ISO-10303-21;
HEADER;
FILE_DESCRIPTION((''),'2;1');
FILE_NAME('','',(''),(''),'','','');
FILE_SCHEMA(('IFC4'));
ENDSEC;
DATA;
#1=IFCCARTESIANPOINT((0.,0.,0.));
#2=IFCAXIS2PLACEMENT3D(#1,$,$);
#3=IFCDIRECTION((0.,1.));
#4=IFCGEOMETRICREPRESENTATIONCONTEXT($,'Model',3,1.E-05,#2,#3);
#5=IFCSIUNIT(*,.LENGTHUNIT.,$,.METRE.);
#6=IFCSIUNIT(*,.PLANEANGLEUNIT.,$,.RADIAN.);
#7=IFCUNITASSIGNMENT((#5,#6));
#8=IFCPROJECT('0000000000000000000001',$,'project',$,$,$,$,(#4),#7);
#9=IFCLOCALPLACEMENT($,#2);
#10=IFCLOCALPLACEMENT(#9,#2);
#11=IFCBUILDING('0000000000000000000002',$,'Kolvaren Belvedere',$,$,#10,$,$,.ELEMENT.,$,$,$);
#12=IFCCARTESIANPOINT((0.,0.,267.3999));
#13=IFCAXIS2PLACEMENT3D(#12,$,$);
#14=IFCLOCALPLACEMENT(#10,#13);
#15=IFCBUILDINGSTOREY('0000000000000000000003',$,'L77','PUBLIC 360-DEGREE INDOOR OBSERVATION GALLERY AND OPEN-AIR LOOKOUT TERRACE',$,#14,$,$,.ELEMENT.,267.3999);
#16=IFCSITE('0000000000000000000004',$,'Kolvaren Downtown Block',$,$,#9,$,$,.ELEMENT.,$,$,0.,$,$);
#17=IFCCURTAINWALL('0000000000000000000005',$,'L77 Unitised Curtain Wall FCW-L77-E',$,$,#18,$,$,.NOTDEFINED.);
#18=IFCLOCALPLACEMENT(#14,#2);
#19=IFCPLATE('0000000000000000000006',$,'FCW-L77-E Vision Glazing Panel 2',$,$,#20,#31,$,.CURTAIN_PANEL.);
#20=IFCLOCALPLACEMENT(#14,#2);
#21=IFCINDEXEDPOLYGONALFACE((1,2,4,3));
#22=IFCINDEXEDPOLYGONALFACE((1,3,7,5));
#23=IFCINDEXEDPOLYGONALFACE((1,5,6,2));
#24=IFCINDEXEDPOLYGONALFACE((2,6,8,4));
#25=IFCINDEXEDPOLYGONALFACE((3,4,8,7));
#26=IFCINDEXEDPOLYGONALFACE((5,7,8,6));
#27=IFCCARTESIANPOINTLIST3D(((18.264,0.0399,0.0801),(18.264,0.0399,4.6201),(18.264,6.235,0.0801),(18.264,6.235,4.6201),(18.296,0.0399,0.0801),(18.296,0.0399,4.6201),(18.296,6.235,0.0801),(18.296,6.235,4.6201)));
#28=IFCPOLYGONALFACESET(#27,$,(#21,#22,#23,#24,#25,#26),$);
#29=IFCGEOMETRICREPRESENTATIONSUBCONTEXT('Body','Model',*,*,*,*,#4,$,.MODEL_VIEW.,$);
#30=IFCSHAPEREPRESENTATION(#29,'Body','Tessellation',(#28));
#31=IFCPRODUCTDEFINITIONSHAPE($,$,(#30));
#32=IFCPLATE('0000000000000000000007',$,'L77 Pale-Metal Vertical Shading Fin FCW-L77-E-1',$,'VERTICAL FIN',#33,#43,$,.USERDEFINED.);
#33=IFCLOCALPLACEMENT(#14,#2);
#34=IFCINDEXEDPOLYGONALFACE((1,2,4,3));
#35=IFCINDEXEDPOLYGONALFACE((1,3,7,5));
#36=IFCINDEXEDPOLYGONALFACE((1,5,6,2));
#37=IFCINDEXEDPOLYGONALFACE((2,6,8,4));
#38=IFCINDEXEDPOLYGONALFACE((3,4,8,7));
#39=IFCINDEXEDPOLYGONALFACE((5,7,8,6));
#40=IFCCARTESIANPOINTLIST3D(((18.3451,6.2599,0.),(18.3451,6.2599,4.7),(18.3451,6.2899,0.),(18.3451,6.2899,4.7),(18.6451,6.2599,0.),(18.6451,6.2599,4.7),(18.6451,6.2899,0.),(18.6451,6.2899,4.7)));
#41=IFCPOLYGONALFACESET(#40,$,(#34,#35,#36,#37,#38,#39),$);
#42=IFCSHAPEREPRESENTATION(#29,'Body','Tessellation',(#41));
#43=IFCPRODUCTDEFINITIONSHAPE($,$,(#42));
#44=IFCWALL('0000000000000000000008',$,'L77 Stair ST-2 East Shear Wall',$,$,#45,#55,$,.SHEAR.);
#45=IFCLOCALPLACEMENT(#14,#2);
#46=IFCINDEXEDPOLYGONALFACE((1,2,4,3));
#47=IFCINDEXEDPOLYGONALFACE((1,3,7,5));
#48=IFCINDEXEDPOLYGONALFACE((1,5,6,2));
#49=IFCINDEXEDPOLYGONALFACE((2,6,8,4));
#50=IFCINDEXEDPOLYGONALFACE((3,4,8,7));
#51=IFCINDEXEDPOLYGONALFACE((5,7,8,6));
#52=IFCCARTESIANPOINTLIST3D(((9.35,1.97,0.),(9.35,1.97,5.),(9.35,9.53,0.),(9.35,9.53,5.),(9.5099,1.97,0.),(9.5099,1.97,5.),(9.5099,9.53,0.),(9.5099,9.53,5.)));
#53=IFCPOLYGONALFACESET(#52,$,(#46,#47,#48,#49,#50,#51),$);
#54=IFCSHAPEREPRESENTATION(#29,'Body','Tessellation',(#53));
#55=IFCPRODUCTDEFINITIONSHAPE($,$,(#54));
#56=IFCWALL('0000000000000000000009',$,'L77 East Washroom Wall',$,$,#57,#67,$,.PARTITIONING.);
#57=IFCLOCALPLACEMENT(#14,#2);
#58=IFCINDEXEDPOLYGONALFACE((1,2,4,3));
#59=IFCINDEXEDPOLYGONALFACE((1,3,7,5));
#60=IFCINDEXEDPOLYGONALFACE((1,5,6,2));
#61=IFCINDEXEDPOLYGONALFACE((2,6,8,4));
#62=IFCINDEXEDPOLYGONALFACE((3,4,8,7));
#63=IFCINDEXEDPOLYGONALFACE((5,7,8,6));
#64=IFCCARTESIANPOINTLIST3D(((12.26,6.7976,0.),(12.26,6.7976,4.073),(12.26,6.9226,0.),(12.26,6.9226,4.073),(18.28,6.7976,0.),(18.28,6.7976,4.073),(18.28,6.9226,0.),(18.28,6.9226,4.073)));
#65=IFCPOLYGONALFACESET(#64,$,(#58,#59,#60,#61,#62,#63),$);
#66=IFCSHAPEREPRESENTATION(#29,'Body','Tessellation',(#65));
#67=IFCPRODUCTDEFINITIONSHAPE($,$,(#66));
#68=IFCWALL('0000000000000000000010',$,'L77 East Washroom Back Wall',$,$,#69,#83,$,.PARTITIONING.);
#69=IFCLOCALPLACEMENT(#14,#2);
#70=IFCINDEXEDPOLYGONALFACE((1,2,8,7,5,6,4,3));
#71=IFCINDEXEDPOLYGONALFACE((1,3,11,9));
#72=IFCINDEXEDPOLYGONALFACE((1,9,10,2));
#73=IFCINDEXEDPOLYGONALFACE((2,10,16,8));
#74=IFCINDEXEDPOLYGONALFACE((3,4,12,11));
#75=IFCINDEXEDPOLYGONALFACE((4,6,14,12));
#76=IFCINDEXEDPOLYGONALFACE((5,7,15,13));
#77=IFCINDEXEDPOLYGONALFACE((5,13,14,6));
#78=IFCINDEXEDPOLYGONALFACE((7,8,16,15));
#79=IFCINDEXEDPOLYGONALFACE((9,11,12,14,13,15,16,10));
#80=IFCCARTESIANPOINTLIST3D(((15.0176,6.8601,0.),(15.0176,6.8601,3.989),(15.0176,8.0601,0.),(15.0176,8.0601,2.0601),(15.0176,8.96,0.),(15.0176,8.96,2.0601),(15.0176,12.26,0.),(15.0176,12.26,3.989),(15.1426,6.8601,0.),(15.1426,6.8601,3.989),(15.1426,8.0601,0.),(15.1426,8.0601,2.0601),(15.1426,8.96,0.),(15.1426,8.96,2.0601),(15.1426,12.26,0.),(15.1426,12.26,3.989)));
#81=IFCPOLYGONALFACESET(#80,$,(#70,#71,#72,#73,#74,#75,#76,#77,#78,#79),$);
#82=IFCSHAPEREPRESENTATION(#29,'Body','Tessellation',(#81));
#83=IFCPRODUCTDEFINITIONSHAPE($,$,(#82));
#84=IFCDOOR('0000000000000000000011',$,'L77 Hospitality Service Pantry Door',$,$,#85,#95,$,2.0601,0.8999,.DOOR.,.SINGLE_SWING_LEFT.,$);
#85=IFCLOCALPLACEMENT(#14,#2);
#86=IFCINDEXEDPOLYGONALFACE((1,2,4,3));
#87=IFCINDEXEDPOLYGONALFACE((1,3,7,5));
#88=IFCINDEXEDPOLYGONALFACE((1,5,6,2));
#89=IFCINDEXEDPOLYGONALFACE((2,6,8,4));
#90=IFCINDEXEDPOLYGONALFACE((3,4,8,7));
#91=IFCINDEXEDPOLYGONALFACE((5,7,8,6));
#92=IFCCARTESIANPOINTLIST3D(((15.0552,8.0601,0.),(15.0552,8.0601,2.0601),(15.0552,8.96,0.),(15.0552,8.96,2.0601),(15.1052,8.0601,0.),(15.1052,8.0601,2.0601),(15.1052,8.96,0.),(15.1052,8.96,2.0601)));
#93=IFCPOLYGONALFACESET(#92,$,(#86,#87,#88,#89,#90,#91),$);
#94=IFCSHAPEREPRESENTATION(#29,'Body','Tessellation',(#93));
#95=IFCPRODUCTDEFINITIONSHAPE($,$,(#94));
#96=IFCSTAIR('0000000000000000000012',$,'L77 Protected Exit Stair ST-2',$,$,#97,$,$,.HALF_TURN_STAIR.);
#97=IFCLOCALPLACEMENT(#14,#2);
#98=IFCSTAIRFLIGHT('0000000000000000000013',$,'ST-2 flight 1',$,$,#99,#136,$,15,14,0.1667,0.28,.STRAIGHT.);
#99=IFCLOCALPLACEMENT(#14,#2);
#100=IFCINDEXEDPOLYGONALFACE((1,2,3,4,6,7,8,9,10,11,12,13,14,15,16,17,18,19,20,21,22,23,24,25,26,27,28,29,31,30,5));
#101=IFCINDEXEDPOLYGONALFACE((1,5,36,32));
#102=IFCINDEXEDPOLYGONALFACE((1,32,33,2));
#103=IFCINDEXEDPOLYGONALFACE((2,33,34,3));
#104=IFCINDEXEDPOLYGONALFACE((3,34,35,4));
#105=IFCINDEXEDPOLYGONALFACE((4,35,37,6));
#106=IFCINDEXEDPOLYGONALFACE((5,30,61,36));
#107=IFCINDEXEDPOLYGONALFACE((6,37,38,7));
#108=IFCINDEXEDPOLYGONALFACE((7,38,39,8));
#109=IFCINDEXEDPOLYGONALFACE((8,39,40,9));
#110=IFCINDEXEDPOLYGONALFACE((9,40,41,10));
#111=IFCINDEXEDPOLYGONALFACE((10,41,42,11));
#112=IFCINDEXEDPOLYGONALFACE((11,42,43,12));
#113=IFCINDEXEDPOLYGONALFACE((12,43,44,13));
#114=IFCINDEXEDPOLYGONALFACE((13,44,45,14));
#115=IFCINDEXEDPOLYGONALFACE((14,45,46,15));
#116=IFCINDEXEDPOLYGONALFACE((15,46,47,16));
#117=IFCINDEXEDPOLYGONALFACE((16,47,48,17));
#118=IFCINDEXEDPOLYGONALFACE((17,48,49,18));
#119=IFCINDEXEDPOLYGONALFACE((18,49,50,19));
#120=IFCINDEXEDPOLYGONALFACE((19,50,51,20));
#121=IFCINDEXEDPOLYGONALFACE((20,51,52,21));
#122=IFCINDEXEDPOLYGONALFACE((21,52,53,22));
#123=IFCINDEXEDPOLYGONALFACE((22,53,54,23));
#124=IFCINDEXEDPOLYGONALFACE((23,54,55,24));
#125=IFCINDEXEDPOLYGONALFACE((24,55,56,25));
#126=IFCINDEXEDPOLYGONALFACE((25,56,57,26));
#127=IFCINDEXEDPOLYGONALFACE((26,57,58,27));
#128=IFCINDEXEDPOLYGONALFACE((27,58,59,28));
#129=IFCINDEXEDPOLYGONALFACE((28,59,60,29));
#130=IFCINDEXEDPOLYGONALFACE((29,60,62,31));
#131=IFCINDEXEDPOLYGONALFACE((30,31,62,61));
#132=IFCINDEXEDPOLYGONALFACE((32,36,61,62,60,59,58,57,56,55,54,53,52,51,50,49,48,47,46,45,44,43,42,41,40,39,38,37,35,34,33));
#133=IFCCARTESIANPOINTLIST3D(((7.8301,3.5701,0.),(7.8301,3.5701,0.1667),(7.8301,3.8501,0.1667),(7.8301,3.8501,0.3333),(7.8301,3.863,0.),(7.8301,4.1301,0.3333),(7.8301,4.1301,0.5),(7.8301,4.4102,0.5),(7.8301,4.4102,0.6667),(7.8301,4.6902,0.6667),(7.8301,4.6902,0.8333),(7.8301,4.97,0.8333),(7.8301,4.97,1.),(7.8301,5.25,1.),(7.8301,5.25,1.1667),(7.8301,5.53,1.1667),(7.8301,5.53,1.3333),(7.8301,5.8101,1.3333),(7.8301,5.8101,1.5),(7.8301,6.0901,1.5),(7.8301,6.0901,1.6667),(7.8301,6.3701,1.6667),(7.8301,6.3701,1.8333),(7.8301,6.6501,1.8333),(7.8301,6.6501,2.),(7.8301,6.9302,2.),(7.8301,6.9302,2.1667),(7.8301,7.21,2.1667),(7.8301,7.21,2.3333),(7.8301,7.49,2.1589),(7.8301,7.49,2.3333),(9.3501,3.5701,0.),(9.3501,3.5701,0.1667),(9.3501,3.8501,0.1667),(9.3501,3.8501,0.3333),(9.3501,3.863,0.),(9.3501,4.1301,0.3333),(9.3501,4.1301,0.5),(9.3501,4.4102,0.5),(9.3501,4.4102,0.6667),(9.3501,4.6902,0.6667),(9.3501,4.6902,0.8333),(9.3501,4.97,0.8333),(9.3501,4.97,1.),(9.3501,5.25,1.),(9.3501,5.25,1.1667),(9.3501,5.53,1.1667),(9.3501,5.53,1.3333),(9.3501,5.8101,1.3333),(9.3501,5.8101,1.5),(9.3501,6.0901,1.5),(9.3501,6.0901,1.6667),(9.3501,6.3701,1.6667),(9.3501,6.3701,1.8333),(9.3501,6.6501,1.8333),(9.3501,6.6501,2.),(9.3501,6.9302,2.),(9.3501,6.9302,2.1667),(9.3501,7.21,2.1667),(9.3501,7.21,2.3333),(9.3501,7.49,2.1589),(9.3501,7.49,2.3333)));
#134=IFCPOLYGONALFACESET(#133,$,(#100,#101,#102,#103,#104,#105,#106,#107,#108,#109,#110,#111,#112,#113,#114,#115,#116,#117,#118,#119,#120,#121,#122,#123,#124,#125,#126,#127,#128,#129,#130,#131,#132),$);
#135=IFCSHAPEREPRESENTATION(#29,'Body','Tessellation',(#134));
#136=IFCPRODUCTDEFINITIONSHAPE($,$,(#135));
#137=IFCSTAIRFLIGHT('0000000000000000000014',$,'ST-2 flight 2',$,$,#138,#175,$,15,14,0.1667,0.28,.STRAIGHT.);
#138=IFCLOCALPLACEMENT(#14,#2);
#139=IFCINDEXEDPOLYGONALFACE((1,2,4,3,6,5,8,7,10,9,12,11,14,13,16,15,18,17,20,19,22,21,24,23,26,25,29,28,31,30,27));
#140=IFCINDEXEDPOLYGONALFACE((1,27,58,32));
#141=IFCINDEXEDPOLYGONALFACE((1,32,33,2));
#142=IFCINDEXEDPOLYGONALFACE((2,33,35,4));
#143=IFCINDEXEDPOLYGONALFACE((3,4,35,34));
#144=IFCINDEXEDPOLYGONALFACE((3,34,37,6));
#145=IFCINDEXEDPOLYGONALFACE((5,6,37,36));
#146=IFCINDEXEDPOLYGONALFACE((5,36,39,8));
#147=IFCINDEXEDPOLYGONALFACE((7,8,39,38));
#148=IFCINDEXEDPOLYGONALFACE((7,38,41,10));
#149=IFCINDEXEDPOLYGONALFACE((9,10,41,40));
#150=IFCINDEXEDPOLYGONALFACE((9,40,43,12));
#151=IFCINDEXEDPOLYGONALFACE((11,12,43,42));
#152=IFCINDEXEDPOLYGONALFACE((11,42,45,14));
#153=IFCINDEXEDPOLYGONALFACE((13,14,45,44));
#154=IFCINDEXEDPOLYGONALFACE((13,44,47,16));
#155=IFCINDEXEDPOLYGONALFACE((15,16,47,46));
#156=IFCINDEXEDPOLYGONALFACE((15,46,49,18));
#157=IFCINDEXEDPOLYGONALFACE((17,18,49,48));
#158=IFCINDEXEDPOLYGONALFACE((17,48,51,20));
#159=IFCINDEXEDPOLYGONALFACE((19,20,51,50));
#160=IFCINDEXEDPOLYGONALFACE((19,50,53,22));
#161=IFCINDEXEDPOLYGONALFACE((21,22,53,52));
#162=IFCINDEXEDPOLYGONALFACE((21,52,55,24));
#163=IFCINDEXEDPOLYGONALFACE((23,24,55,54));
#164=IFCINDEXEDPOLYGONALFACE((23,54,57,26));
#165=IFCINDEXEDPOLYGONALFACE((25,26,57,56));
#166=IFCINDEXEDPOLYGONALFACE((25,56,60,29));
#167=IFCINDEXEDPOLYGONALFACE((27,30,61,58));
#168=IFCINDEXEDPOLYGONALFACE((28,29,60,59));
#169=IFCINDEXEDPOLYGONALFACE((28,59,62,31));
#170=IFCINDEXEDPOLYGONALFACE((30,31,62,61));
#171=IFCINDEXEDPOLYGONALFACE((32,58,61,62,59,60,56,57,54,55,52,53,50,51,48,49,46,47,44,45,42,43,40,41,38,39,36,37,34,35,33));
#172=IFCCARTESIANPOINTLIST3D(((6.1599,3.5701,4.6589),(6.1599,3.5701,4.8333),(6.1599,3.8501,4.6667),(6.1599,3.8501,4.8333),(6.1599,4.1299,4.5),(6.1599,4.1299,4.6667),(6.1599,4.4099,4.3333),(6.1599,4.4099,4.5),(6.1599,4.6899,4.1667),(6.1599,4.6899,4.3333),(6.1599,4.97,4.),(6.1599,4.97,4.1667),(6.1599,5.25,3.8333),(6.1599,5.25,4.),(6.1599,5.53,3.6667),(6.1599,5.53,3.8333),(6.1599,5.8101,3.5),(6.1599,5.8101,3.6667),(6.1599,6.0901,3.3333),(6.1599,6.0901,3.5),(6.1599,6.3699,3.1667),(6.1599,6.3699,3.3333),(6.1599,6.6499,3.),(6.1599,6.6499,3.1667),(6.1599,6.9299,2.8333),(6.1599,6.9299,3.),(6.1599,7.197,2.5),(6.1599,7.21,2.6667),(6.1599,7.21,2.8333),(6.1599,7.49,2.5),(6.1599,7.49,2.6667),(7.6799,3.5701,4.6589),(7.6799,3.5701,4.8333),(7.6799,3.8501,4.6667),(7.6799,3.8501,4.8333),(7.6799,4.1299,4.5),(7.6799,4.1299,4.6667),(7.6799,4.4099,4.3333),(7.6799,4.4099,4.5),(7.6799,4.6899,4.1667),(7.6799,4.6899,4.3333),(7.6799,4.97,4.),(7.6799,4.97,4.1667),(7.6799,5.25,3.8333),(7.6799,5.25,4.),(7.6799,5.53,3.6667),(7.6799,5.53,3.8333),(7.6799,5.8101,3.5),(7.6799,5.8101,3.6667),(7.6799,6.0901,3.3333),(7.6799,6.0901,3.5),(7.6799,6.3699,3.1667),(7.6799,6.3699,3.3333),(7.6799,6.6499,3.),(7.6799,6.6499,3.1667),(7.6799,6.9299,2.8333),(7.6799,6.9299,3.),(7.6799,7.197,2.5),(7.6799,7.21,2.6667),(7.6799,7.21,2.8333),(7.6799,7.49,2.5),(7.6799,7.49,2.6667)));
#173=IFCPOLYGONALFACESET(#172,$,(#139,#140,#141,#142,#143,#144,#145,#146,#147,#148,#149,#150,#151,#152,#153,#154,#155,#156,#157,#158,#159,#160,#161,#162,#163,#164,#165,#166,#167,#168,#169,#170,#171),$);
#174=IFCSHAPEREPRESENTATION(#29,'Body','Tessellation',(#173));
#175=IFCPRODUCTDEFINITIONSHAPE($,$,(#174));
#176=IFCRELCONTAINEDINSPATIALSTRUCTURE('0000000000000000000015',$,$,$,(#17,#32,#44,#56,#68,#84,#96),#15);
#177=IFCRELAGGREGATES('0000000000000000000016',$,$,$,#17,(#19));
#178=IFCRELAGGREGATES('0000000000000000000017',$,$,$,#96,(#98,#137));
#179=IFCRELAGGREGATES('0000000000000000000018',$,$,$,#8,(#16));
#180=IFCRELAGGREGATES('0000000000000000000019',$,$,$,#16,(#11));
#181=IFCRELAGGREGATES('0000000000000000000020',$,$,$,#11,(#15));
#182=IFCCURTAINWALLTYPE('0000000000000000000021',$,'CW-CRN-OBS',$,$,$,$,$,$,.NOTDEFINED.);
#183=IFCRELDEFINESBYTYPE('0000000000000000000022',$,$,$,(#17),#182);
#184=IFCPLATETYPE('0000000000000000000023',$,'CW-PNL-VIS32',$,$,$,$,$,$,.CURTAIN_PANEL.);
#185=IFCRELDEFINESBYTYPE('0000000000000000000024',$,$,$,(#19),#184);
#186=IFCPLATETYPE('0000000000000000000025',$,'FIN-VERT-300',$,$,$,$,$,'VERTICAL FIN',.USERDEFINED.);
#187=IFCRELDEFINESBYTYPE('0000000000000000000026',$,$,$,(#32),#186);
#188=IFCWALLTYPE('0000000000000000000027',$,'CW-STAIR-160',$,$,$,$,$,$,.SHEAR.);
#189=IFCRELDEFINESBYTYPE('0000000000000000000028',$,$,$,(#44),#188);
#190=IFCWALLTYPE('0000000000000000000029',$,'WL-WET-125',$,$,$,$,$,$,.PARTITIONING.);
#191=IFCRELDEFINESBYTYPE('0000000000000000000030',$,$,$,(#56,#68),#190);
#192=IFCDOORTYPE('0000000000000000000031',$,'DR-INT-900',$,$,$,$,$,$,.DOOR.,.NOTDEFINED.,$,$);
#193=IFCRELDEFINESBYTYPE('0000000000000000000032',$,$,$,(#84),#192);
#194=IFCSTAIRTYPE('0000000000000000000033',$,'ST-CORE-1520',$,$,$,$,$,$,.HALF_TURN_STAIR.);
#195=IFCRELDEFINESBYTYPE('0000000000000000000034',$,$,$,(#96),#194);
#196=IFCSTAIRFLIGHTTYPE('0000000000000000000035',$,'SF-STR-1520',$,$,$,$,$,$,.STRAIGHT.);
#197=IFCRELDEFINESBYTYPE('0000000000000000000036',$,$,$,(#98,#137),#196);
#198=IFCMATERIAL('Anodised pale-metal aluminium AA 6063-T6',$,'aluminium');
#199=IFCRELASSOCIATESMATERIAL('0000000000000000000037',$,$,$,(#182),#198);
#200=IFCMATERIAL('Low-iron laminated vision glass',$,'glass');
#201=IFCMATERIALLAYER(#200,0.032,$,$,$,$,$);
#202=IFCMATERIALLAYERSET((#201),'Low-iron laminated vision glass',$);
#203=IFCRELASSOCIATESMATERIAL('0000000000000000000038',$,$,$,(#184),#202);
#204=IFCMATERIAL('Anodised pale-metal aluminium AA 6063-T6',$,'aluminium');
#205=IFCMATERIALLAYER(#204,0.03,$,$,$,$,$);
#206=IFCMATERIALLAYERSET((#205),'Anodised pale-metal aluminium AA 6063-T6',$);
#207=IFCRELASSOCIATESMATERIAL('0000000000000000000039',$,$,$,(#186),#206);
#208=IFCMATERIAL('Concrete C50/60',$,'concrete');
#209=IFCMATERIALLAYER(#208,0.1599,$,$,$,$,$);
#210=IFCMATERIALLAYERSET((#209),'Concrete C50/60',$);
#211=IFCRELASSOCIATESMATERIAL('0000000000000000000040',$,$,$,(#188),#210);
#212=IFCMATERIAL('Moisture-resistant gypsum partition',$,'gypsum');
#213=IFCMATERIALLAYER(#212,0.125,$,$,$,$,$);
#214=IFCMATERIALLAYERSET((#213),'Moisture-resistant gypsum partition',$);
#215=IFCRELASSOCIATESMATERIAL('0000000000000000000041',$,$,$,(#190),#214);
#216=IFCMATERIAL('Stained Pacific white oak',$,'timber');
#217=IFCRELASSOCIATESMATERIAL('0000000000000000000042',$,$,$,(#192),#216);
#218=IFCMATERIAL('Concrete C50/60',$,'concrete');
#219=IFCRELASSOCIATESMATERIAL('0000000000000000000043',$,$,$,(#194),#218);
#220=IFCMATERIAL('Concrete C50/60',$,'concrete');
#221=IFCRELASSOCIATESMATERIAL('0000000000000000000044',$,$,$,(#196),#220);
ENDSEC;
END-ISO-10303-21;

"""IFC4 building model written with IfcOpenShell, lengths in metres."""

from ifc_helpers import new_model, si_unit, direction, frame, frame_2d, origin, origin_2d, place, context, subcontext, project, spatial, polyline, rectangle, outline, extrude, material, layer, layer_set, type_object, element, fill, aggregate, save


model = new_model("IFC4")

# Units and contexts
model_context = context("Model", 3, precision=1e-05, world=origin(), true_north=direction((0.0, 1.0)))
body_context = subcontext(model_context, "Body", "Model", "MODEL_VIEW")
ifc_project = project(units=[si_unit("LENGTHUNIT", "METRE"), si_unit("PLANEANGLEUNIT", "RADIAN")], contexts=[model_context])

# Site, building, storey
site_placement = place(None, origin())
site = spatial("IfcSite", under=ifc_project, at=site_placement, Name="Kolvaren Downtown Block", CompositionType="ELEMENT", RefElevation=0.0)
building_placement = place(site_placement, origin())
building = spatial("IfcBuilding", under=site, at=building_placement, Name="Kolvaren Belvedere", CompositionType="ELEMENT")
storey_placement = place(building_placement, frame((0.0, 0.0, 267.3999)))
storey = spatial("IfcBuildingStorey", under=building, at=storey_placement, Name="L77", Description="PUBLIC 360-DEGREE INDOOR OBSERVATION GALLERY AND OPEN-AIR LOOKOUT TERRACE", CompositionType="ELEMENT", Elevation=267.3999)

# Curtain wall, plate
ifc_material_1 = material(Name="Anodised pale-metal aluminium AA 6063-T6", Category="aluminium")
curtain_wall_type = type_object("IfcCurtainWallType", Name="CW-CRN-OBS", PredefinedType="NOTDEFINED", material=ifc_material_1)
curtain_wall_placement = place(storey_placement, origin())
curtain_wall = element("IfcCurtainWall", 1, at=curtain_wall_placement, inside=storey, type_object=curtain_wall_type, Name="L77 Unitised Curtain Wall FCW-L77-E", PredefinedType="NOTDEFINED")
ifc_material_2 = material(Name="Low-iron laminated vision glass", Category="glass")
ifc_layer_1 = layer(ifc_material_2, 0.032)
ifc_layer_set_1 = layer_set([ifc_layer_1], Name="Low-iron laminated vision glass")
plate_type_1 = type_object("IfcPlateType", Name="CW-PNL-VIS32", PredefinedType="CURTAIN_PANEL", material=ifc_layer_set_1)
plate_1_placement = place(storey_placement, frame((18.28, 3.1375, 0.0801), z_axis=(0.0, 0.0, 1.0), x_axis=(0.0, -1.0, 0.0)))
plate_1 = element("IfcPlate", 2, at=plate_1_placement, type_object=plate_type_1, Name="FCW-L77-E Vision Glazing Panel 2", PredefinedType="CURTAIN_PANEL", context=body_context, shape_type="SweptSolid", body=[
    extrude(rectangle(XDim=6.1951, YDim=0.032, at=origin_2d()), origin(), (0.0, 0.0, 1.0), 4.54),
])
aggregate(curtain_wall, [plate_1])

# Plate
ifc_material_3 = material(Name="Anodised pale-metal aluminium AA 6063-T6", Category="aluminium")
ifc_layer_2 = layer(ifc_material_3, 0.03)
ifc_layer_set_2 = layer_set([ifc_layer_2], Name="Anodised pale-metal aluminium AA 6063-T6")
plate_type_2 = type_object("IfcPlateType", Name="FIN-VERT-300", ElementType="VERTICAL FIN", PredefinedType="USERDEFINED", material=ifc_layer_set_2)
plate_2_placement = place(storey_placement, frame((18.4951, 6.2749, 0.0), z_axis=(0.0, 0.0, 1.0), x_axis=(1.0, 0.0, 0.0)))
element("IfcPlate", 3, at=plate_2_placement, inside=storey, type_object=plate_type_2, Name="L77 Pale-Metal Vertical Shading Fin FCW-L77-E-1", ObjectType="VERTICAL FIN", PredefinedType="USERDEFINED", context=body_context, shape_type="SweptSolid", body=[
    extrude(rectangle(XDim=0.3, YDim=0.03, at=origin_2d()), origin(), (0.0, 0.0, 1.0), 4.7),
])

# Walls
ifc_material_4 = material(Name="Concrete C50/60", Category="concrete")
ifc_layer_3 = layer(ifc_material_4, 0.1599)
ifc_layer_set_3 = layer_set([ifc_layer_3], Name="Concrete C50/60")
wall_type_1 = type_object("IfcWallType", Name="CW-STAIR-160", PredefinedType="SHEAR", material=ifc_layer_set_3)
wall_1_placement = place(storey_placement, frame((9.4299, 1.97, 0.0), z_axis=(0.0, 0.0, 1.0), x_axis=(0.0, 1.0, 0.0)))
element("IfcWall", 4, at=wall_1_placement, inside=storey, type_object=wall_type_1, Name="L77 Stair ST-2 East Shear Wall", PredefinedType="SHEAR", context=body_context, shape_type="SweptSolid", body=[
    extrude(rectangle(XDim=7.5601, YDim=0.1599, at=frame_2d((3.78, 0.0))), origin(), (0.0, 0.0, 1.0), 5.0),
])
ifc_material_5 = material(Name="Moisture-resistant gypsum partition", Category="gypsum")
ifc_layer_4 = layer(ifc_material_5, 0.125)
ifc_layer_set_4 = layer_set([ifc_layer_4], Name="Moisture-resistant gypsum partition")
wall_type_2 = type_object("IfcWallType", Name="WL-WET-125", PredefinedType="PARTITIONING", material=ifc_layer_set_4)
wall_2_placement = place(storey_placement, frame((12.26, 6.8601, 0.0), z_axis=(0.0, 0.0, 1.0), x_axis=(1.0, 0.0, 0.0)))
element("IfcWall", 5, at=wall_2_placement, inside=storey, type_object=wall_type_2, Name="L77 East Washroom Wall", PredefinedType="PARTITIONING", context=body_context, shape_type="SweptSolid", body=[
    extrude(rectangle(XDim=6.02, YDim=0.125, at=frame_2d((3.01, 0.0))), origin(), (0.0, 0.0, 1.0), 4.073),
])

# Wall, opening, door
wall_3_placement = place(storey_placement, frame((15.0801, 6.8601, 0.0), z_axis=(0.0, 0.0, 1.0), x_axis=(0.0, 1.0, 0.0)))
wall_3 = element("IfcWall", 6, at=wall_3_placement, inside=storey, type_object=wall_type_2, Name="L77 East Washroom Back Wall", PredefinedType="PARTITIONING", context=body_context, shape_type="SweptSolid", body=[
    extrude(rectangle(XDim=5.3999, YDim=0.125, at=frame_2d((2.7, 0.0))), origin(), (0.0, 0.0, 1.0), 3.989),
])
opening_placement = place(wall_3_placement, frame((1.2, 0.0, 0.0)))
opening = element("IfcOpeningElement", 7, at=opening_placement, cuts=wall_3, PredefinedType="OPENING", context=body_context, shape_type="SweptSolid", body=[
    extrude(rectangle(XDim=0.8999, YDim=2.0601, at=frame_2d((0.45, 1.03))), frame((0.0, 0.0725, 0.0), z_axis=(0.0, -1.0, 0.0), x_axis=(1.0, 0.0, 0.0)), (0.0, 0.0, 1.0), 0.145),
])
ifc_material_6 = material(Name="Stained Pacific white oak", Category="timber")
door_type = type_object("IfcDoorType", Name="DR-INT-900", OperationType="NOTDEFINED", PredefinedType="DOOR", material=ifc_material_6)
door_placement = place(opening_placement, origin())
door = element("IfcDoor", 8, at=door_placement, inside=storey, type_object=door_type, Name="L77 Hospitality Service Pantry Door", OperationType="SINGLE_SWING_LEFT", OverallHeight=2.0601, OverallWidth=0.8999, PredefinedType="DOOR", context=body_context, shape_type="SweptSolid", body=[
    extrude(rectangle(XDim=0.8999, YDim=2.0601, at=frame_2d((0.45, 1.03))), frame((0.0, 0.0249, 0.0), z_axis=(0.0, -1.0, 0.0), x_axis=(1.0, 0.0, 0.0)), (0.0, 0.0, 1.0), 0.05),
])
fill(opening, door)

# Stair, stair flights
ifc_material_7 = material(Name="Concrete C50/60", Category="concrete")
stair_type = type_object("IfcStairType", Name="ST-CORE-1520", PredefinedType="HALF_TURN_STAIR", material=ifc_material_7)
stair_placement = place(storey_placement, origin())
stair = element("IfcStair", 9, at=stair_placement, inside=storey, type_object=stair_type, Name="L77 Protected Exit Stair ST-2", PredefinedType="HALF_TURN_STAIR")
ifc_material_8 = material(Name="Concrete C50/60", Category="concrete")
stair_flight_type = type_object("IfcStairFlightType", Name="SF-STR-1520", PredefinedType="STRAIGHT", material=ifc_material_8)
stair_flight_1_placement = place(storey_placement, frame((8.5901, 3.5701, 0.0), z_axis=(0.0, 0.0, 1.0), x_axis=(0.0, 1.0, 0.0)))
stair_flight_1 = element("IfcStairFlight", 10, at=stair_flight_1_placement, type_object=stair_flight_type, Name="ST-2 flight 1", NumberOfRisers=15, NumberOfTreads=14, PredefinedType="STRAIGHT", RiserHeight=0.1667, TreadLength=0.28, context=body_context, shape_type="SweptSolid", body=[
    extrude(outline(polyline([(0.0, 0.0), (0.0, 0.1667), (0.28, 0.1667), (0.28, 0.3333), (0.5601, 0.3333), (0.5601, 0.5), (0.8401, 0.5), (0.8401, 0.6667), (1.1201, 0.6667), (1.1201, 0.8333), (1.3999, 0.8333), (1.3999, 1.0), (1.6799, 1.0), (1.6799, 1.1667), (1.96, 1.1667), (1.96, 1.3333), (2.24, 1.3333), (2.24, 1.5), (2.52, 1.5), (2.52, 1.6667), (2.8, 1.6667), (2.8, 1.8333), (3.0801, 1.8333), (3.0801, 2.0), (3.3601, 2.0), (3.3601, 2.1667), (3.6399, 2.1667), (3.6399, 2.3333), (3.9199, 2.3333), (3.9199, 2.5), (3.9199, 2.1589), (0.293, 0.0), (0.0, 0.0)])), frame((0.0, 0.76, 0.0), z_axis=(0.0, -1.0, 0.0), x_axis=(1.0, 0.0, 0.0)), (0.0, 0.0, 1.0), 1.52),
])
stair_flight_2_placement = place(storey_placement, frame((6.9199, 7.49, 2.5), z_axis=(0.0, 0.0, 1.0), x_axis=(0.0, -1.0, 0.0)))
stair_flight_2 = element("IfcStairFlight", 11, at=stair_flight_2_placement, type_object=stair_flight_type, Name="ST-2 flight 2", NumberOfRisers=15, NumberOfTreads=14, PredefinedType="STRAIGHT", RiserHeight=0.1667, TreadLength=0.28, context=body_context, shape_type="SweptSolid", body=[
    extrude(outline(polyline([(0.0, 0.0), (0.0, 0.1667), (0.28, 0.1667), (0.28, 0.3333), (0.5601, 0.3333), (0.5601, 0.5), (0.8401, 0.5), (0.8401, 0.6667), (1.1201, 0.6667), (1.1201, 0.8333), (1.3999, 0.8333), (1.3999, 1.0), (1.6799, 1.0), (1.6799, 1.1667), (1.96, 1.1667), (1.96, 1.3333), (2.24, 1.3333), (2.24, 1.5), (2.52, 1.5), (2.52, 1.6667), (2.8, 1.6667), (2.8, 1.8333), (3.0801, 1.8333), (3.0801, 2.0), (3.3601, 2.0), (3.3601, 2.1667), (3.6399, 2.1667), (3.6399, 2.3333), (3.9199, 2.3333), (3.9199, 2.5), (3.9199, 2.1589), (0.293, 0.0), (0.0, 0.0)])), frame((0.0, 0.76, 0.0), z_axis=(0.0, -1.0, 0.0), x_axis=(1.0, 0.0, 0.0)), (0.0, 0.0, 1.0), 1.52),
])
aggregate(stair, [stair_flight_1, stair_flight_2])

save(model, "model.ifc")
